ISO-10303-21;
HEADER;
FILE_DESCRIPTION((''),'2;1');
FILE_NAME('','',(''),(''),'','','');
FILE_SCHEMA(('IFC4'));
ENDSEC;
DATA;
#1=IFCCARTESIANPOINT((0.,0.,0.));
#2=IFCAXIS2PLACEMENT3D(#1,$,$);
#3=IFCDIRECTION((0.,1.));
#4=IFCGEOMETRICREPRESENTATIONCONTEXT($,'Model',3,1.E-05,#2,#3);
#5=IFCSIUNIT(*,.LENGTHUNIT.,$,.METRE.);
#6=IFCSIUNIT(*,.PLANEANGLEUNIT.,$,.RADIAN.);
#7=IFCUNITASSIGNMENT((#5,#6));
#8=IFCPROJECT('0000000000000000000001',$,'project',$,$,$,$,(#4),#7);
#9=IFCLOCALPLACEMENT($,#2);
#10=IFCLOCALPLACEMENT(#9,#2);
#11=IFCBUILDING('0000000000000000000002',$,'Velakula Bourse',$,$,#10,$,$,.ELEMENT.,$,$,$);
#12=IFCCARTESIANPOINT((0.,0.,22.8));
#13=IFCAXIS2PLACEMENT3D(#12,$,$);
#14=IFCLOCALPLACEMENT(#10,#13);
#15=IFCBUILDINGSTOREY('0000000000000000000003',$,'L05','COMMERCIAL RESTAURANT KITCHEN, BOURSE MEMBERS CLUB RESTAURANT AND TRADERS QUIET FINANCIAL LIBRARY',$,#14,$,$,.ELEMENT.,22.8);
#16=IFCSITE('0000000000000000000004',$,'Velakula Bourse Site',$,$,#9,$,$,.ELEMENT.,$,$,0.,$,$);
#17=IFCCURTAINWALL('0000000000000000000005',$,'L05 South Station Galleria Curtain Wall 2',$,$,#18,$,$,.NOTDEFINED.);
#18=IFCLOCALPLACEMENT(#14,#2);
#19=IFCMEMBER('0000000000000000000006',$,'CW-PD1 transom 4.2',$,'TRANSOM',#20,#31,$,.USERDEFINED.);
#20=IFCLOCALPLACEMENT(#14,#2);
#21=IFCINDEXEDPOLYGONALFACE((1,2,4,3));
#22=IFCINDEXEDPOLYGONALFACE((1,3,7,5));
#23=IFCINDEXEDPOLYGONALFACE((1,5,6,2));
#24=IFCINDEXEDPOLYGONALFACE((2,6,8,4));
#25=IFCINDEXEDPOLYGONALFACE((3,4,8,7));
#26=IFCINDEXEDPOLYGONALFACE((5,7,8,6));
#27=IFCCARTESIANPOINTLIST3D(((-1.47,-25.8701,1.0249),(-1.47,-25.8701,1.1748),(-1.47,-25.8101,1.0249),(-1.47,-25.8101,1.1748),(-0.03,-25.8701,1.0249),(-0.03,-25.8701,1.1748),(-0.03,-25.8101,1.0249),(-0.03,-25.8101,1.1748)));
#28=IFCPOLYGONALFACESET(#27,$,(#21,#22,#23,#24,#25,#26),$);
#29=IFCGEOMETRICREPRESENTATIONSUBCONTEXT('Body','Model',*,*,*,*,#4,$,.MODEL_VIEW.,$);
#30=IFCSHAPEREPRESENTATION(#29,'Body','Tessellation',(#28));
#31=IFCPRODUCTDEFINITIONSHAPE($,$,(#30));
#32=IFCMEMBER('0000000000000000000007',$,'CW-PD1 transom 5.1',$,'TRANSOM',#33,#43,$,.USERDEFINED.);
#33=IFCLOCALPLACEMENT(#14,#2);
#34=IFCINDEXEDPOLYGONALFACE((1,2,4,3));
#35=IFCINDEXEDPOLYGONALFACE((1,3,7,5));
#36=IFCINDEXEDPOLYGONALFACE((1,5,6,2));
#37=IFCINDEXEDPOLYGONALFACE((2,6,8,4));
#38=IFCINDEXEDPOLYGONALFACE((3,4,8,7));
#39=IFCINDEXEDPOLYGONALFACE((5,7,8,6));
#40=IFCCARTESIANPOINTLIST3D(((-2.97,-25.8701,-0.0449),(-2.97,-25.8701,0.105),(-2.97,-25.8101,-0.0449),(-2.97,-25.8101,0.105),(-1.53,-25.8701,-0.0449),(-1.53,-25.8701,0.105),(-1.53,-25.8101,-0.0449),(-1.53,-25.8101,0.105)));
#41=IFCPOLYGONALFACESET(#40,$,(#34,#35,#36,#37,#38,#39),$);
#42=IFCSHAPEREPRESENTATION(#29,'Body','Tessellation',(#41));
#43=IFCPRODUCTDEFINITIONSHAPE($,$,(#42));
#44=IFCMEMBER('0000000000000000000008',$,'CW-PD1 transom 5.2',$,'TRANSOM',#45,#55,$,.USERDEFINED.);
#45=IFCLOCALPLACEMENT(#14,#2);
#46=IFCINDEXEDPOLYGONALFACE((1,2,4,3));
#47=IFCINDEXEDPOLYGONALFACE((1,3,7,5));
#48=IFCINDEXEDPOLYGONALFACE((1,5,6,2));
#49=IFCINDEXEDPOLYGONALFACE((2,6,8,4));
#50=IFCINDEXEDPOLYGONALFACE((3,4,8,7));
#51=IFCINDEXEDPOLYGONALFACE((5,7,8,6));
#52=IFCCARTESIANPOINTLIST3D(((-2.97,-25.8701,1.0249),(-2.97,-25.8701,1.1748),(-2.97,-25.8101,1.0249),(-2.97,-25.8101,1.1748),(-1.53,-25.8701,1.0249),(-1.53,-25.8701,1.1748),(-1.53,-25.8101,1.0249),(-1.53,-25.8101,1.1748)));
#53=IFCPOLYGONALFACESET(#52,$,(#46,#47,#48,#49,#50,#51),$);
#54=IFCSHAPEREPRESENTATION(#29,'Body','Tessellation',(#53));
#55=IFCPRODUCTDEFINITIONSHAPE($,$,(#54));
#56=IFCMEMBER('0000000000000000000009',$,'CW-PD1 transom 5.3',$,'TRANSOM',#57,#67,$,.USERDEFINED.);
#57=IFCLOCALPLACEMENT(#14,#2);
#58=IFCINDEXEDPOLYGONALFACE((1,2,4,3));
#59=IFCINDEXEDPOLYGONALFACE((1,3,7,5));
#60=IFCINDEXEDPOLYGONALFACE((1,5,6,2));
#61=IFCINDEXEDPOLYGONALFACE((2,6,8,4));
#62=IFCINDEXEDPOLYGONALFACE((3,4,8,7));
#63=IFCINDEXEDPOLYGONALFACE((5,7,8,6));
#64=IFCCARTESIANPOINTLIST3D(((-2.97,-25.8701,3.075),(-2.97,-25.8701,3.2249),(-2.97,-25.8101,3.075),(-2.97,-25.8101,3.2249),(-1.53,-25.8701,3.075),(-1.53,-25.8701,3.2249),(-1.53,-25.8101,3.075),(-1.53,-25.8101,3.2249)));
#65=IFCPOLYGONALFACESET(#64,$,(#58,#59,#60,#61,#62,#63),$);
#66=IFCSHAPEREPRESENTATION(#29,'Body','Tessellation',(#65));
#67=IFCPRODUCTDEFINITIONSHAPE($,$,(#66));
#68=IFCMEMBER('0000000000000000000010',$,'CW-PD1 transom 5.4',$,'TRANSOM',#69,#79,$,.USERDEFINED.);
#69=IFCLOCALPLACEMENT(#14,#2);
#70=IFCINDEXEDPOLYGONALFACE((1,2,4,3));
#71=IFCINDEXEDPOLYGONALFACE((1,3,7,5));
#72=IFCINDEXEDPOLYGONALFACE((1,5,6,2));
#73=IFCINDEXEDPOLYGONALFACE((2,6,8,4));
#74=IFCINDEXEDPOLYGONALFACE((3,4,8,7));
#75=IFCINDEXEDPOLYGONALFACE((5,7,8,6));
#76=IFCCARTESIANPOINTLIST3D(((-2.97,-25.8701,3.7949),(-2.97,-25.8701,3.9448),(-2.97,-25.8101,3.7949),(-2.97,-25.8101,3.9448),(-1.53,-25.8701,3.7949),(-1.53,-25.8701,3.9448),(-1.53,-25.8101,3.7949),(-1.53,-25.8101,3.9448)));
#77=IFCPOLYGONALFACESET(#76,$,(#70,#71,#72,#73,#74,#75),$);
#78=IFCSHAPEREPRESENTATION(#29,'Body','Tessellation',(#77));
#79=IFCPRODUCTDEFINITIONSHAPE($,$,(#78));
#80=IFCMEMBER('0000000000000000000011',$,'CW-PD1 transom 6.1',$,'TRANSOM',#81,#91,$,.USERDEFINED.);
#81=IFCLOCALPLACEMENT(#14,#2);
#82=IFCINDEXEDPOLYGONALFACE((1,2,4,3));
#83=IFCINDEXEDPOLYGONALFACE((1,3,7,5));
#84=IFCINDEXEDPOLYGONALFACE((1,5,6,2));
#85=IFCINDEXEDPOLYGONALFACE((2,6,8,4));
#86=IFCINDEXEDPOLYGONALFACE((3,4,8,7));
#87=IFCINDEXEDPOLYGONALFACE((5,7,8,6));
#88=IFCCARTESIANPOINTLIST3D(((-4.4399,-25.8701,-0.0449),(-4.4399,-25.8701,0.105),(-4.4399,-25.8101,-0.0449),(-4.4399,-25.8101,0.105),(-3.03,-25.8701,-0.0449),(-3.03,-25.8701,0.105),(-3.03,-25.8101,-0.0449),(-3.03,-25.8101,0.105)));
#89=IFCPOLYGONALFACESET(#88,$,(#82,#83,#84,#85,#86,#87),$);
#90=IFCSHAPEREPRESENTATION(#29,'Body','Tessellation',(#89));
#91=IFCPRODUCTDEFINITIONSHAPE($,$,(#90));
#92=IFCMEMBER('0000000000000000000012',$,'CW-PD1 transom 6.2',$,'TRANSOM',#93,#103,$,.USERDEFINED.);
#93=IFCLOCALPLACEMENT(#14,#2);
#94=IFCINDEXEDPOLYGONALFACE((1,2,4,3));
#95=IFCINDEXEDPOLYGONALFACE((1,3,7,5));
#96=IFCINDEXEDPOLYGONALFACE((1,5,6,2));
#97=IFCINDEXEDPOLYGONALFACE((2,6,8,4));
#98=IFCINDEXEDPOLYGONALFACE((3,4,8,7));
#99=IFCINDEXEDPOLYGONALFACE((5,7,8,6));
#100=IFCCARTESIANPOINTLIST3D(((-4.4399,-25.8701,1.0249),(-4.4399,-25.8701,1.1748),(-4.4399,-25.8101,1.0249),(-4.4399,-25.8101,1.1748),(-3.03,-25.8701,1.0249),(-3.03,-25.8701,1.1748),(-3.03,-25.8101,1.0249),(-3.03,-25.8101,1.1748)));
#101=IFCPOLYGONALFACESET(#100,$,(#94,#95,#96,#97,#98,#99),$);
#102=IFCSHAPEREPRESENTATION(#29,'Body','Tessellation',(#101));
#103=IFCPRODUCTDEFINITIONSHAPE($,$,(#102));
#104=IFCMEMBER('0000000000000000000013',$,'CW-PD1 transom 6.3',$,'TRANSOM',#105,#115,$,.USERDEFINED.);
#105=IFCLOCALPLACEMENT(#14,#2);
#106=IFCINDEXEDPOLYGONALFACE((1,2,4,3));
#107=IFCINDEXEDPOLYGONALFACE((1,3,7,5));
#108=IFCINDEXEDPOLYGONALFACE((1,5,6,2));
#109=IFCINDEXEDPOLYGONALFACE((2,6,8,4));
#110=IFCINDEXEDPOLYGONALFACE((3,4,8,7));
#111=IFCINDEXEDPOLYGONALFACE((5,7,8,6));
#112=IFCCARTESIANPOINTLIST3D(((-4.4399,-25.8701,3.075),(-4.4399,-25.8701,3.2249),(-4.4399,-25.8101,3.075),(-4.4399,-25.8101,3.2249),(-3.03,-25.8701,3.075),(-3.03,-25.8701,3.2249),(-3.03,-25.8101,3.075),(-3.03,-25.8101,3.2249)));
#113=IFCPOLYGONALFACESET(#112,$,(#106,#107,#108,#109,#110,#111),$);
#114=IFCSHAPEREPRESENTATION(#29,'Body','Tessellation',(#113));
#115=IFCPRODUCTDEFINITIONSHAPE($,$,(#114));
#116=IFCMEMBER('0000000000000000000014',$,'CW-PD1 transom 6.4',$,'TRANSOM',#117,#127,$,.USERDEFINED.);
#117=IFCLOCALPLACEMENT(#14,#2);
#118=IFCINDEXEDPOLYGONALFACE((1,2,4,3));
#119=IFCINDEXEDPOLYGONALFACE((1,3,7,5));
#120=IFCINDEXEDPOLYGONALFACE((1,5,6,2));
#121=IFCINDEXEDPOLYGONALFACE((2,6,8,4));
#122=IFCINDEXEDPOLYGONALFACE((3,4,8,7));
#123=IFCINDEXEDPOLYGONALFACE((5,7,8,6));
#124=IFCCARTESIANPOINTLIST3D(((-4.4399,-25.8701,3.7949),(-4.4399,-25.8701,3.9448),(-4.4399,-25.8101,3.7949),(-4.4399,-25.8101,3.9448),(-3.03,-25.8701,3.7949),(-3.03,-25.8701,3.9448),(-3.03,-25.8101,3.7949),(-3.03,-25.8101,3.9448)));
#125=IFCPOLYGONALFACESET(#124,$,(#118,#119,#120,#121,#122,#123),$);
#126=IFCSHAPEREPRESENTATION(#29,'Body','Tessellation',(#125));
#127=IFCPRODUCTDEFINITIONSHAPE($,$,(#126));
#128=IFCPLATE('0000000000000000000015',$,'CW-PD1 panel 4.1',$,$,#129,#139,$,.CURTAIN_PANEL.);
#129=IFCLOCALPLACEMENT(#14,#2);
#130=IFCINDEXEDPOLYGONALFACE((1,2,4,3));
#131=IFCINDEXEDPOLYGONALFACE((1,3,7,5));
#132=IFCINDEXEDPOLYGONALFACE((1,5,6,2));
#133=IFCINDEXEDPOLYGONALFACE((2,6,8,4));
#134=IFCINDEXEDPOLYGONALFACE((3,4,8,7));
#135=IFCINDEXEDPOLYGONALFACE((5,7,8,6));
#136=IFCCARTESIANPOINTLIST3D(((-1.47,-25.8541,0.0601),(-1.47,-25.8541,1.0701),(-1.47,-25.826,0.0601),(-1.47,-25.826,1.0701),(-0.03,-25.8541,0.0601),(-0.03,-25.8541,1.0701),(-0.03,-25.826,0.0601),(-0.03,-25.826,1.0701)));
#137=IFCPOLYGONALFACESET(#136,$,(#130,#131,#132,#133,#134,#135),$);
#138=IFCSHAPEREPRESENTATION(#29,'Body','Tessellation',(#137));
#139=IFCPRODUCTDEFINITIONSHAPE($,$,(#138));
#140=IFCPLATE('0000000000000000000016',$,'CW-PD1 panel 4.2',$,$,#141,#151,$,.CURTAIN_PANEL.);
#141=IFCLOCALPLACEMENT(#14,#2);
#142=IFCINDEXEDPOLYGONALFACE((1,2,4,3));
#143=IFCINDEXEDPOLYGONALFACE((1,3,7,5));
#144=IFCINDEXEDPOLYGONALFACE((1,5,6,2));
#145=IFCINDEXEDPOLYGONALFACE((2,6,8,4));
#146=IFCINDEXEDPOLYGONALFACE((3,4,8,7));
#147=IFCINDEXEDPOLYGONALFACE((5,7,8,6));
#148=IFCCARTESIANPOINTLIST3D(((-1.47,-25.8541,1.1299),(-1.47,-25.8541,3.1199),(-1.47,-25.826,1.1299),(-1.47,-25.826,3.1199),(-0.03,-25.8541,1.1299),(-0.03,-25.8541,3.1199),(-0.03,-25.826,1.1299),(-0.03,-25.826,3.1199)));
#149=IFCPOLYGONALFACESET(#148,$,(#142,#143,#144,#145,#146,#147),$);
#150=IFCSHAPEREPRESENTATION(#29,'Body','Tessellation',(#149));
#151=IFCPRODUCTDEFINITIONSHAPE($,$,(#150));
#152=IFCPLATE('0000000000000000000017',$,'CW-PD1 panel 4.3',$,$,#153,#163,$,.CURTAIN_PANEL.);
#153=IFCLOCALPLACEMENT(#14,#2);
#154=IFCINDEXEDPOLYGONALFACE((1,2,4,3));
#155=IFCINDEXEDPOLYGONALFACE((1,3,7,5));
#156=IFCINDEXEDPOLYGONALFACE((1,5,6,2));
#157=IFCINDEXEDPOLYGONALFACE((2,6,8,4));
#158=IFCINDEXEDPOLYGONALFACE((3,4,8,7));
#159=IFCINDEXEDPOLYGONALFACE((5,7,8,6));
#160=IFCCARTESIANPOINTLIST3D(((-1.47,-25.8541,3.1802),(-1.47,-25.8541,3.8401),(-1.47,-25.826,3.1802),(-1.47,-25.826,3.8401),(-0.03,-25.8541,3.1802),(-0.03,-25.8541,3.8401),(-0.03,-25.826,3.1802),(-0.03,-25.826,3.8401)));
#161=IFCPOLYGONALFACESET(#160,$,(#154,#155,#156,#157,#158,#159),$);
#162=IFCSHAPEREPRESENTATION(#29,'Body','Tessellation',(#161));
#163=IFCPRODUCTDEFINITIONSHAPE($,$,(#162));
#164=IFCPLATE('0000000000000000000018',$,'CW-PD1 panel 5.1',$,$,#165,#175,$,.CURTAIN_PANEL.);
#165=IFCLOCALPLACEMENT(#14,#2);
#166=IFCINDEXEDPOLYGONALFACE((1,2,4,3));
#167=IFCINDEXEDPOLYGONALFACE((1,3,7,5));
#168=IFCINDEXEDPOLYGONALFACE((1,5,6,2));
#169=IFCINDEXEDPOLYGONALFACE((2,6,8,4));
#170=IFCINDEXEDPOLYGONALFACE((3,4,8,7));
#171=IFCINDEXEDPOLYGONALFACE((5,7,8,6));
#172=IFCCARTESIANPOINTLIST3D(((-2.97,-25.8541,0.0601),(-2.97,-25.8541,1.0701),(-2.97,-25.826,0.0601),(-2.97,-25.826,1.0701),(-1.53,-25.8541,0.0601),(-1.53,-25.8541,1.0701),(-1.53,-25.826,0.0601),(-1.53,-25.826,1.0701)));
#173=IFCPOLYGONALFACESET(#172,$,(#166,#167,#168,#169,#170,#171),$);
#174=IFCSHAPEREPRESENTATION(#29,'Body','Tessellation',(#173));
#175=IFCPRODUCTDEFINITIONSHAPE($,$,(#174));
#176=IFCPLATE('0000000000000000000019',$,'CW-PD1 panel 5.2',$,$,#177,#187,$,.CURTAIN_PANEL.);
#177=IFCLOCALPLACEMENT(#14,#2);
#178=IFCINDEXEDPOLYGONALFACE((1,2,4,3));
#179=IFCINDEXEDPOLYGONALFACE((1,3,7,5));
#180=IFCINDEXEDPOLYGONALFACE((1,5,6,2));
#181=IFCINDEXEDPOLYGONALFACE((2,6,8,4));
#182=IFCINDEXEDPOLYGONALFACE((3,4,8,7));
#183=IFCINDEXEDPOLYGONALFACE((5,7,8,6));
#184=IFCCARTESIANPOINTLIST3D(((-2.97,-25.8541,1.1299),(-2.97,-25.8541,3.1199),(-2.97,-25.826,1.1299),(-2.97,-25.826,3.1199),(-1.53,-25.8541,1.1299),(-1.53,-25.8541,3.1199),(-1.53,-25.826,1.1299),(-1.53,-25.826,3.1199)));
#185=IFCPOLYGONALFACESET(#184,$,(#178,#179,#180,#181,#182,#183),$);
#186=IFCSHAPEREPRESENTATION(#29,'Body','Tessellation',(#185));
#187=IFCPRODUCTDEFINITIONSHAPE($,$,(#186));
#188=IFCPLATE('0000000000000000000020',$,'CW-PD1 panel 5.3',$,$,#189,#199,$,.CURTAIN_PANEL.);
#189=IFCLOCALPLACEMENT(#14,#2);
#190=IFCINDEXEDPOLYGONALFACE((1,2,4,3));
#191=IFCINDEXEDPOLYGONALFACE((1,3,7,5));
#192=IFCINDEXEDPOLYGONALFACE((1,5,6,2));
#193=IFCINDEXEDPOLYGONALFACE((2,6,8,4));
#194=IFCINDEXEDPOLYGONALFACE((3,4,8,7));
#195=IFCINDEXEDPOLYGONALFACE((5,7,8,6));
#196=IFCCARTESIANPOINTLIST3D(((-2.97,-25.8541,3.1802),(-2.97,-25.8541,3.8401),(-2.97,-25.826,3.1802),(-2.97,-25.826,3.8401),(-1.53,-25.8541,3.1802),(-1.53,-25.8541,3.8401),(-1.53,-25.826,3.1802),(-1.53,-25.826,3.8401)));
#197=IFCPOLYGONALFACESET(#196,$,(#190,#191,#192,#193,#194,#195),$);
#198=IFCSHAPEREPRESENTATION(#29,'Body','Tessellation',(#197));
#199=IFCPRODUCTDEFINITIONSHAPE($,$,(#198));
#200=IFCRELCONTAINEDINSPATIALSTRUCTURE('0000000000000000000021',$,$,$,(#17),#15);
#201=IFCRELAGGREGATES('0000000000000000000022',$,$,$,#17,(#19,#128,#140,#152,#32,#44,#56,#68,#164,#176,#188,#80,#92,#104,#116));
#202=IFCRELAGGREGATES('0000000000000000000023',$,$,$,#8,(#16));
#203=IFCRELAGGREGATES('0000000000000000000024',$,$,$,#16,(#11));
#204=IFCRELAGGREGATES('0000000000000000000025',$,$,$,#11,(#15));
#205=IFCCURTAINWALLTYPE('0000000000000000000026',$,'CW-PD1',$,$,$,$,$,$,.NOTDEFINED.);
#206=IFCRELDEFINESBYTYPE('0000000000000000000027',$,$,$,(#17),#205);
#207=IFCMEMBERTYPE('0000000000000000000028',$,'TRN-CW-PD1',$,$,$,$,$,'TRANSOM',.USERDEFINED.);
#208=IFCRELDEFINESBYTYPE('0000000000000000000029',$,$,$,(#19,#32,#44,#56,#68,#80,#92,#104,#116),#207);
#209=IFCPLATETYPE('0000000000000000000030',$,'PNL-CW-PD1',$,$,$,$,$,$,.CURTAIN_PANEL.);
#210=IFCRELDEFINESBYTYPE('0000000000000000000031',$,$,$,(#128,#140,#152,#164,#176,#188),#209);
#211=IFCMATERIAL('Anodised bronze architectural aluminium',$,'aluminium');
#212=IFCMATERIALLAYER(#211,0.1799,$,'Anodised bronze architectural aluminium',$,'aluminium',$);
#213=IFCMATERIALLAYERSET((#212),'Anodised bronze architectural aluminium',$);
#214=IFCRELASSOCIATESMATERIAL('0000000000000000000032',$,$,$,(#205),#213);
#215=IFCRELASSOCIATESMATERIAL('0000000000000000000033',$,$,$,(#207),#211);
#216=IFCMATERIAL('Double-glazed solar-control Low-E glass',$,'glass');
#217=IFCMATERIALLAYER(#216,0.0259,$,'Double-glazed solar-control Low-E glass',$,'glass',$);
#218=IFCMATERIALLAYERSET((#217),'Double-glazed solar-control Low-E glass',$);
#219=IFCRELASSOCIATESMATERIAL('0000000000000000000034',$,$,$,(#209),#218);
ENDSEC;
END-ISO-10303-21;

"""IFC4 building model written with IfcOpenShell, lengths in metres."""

from ifc_helpers import new_model, si_unit, direction, frame, origin, origin_2d, place, context, subcontext, project, spatial, rectangle, extrude, material, layer, layer_set, material_profile, profile_set, type_object, element, aggregate, save


model = new_model("IFC4")

# Units and contexts
model_context = context("Model", 3, precision=1e-05, world=origin(), true_north=direction((0.0, 1.0)))
body_context = subcontext(model_context, "Body", "Model", "MODEL_VIEW")
ifc_project = project(units=[si_unit("LENGTHUNIT", "METRE"), si_unit("PLANEANGLEUNIT", "RADIAN")], contexts=[model_context])

# Site, building, storey
site_placement = place(None, origin())
site = spatial("IfcSite", under=ifc_project, at=site_placement, Name="Velakula Bourse Site", CompositionType="ELEMENT", RefElevation=0.0)
building_placement = place(site_placement, origin())
building = spatial("IfcBuilding", under=site, at=building_placement, Name="Velakula Bourse", CompositionType="ELEMENT")
storey_placement = place(building_placement, frame((0.0, 0.0, 22.8)))
storey = spatial("IfcBuildingStorey", under=building, at=storey_placement, Name="L05", Description="COMMERCIAL RESTAURANT KITCHEN, BOURSE MEMBERS CLUB RESTAURANT AND TRADERS QUIET FINANCIAL LIBRARY", CompositionType="ELEMENT", Elevation=22.8)

# Curtain wall, members, plates
ifc_material_1 = material(Name="Anodised bronze architectural aluminium", Category="aluminium")
ifc_layer_1 = layer(ifc_material_1, 0.1799, Name="Anodised bronze architectural aluminium", Category="aluminium")
ifc_layer_set_1 = layer_set([ifc_layer_1], Name="Anodised bronze architectural aluminium")
curtain_wall_type = type_object("IfcCurtainWallType", Name="CW-PD1", PredefinedType="NOTDEFINED", material=ifc_layer_set_1)
curtain_wall_placement = place(storey_placement, origin())
curtain_wall = element("IfcCurtainWall", 1, at=curtain_wall_placement, inside=storey, type_object=curtain_wall_type, Name="L05 South Station Galleria Curtain Wall 2", PredefinedType="NOTDEFINED")
ifc_material_profile_1 = material_profile(ifc_material_1, rectangle(XDim=0.0601, YDim=0.1499, at=origin_2d()), Name="Anodised bronze architectural aluminium")
ifc_profile_set_1 = profile_set([ifc_material_profile_1], Name="Anodised bronze architectural aluminium")
member_type_1 = type_object("IfcMemberType", Name="TRN-CW-PD1", ElementType="TRANSOM", PredefinedType="USERDEFINED", material=ifc_profile_set_1)
member_1_placement = place(storey_placement, frame((-0.03, -25.8401, 1.0999), z_axis=(-1.0, 0.0, 0.0), x_axis=(0.0, -1.0, 0.0)))
member_1 = element("IfcMember", 2, at=member_1_placement, type_object=member_type_1, Name="CW-PD1 transom 4.2", ObjectType="TRANSOM", PredefinedType="USERDEFINED", context=body_context, shape_type="SweptSolid", body=[
    extrude(rectangle(XDim=0.0601, YDim=0.1499, at=origin_2d()), origin(), (0.0, 0.0, 1.0), 1.4399),
])
member_2_placement = place(storey_placement, frame((-1.53, -25.8401, 0.03), z_axis=(-1.0, 0.0, 0.0), x_axis=(0.0, -1.0, 0.0)))
member_2 = element("IfcMember", 3, at=member_2_placement, type_object=member_type_1, Name="CW-PD1 transom 5.1", ObjectType="TRANSOM", PredefinedType="USERDEFINED", context=body_context, shape_type="SweptSolid", body=[
    extrude(rectangle(XDim=0.0601, YDim=0.1499, at=origin_2d()), origin(), (0.0, 0.0, 1.0), 1.4399),
])
member_3_placement = place(storey_placement, frame((-1.53, -25.8401, 1.0999), z_axis=(-1.0, 0.0, 0.0), x_axis=(0.0, -1.0, 0.0)))
member_3 = element("IfcMember", 4, at=member_3_placement, type_object=member_type_1, Name="CW-PD1 transom 5.2", ObjectType="TRANSOM", PredefinedType="USERDEFINED", context=body_context, shape_type="SweptSolid", body=[
    extrude(rectangle(XDim=0.0601, YDim=0.1499, at=origin_2d()), origin(), (0.0, 0.0, 1.0), 1.4399),
])
member_4_placement = place(storey_placement, frame((-1.53, -25.8401, 3.1499), z_axis=(-1.0, 0.0, 0.0), x_axis=(0.0, -1.0, 0.0)))
member_4 = element("IfcMember", 5, at=member_4_placement, type_object=member_type_1, Name="CW-PD1 transom 5.3", ObjectType="TRANSOM", PredefinedType="USERDEFINED", context=body_context, shape_type="SweptSolid", body=[
    extrude(rectangle(XDim=0.0601, YDim=0.1499, at=origin_2d()), origin(), (0.0, 0.0, 1.0), 1.4399),
])
member_5_placement = place(storey_placement, frame((-1.53, -25.8401, 3.8699), z_axis=(-1.0, 0.0, 0.0), x_axis=(0.0, -1.0, 0.0)))
member_5 = element("IfcMember", 6, at=member_5_placement, type_object=member_type_1, Name="CW-PD1 transom 5.4", ObjectType="TRANSOM", PredefinedType="USERDEFINED", context=body_context, shape_type="SweptSolid", body=[
    extrude(rectangle(XDim=0.0601, YDim=0.1499, at=origin_2d()), origin(), (0.0, 0.0, 1.0), 1.4399),
])
member_6_placement = place(storey_placement, frame((-3.03, -25.8401, 0.03), z_axis=(-1.0, 0.0, 0.0), x_axis=(0.0, -1.0, 0.0)))
member_6 = element("IfcMember", 7, at=member_6_placement, type_object=member_type_1, Name="CW-PD1 transom 6.1", ObjectType="TRANSOM", PredefinedType="USERDEFINED", context=body_context, shape_type="SweptSolid", body=[
    extrude(rectangle(XDim=0.0601, YDim=0.1499, at=origin_2d()), origin(), (0.0, 0.0, 1.0), 1.4099),
])
member_7_placement = place(storey_placement, frame((-3.03, -25.8401, 1.0999), z_axis=(-1.0, 0.0, 0.0), x_axis=(0.0, -1.0, 0.0)))
member_7 = element("IfcMember", 8, at=member_7_placement, type_object=member_type_1, Name="CW-PD1 transom 6.2", ObjectType="TRANSOM", PredefinedType="USERDEFINED", context=body_context, shape_type="SweptSolid", body=[
    extrude(rectangle(XDim=0.0601, YDim=0.1499, at=origin_2d()), origin(), (0.0, 0.0, 1.0), 1.4099),
])
member_8_placement = place(storey_placement, frame((-3.03, -25.8401, 3.1499), z_axis=(-1.0, 0.0, 0.0), x_axis=(0.0, -1.0, 0.0)))
member_8 = element("IfcMember", 9, at=member_8_placement, type_object=member_type_1, Name="CW-PD1 transom 6.3", ObjectType="TRANSOM", PredefinedType="USERDEFINED", context=body_context, shape_type="SweptSolid", body=[
    extrude(rectangle(XDim=0.0601, YDim=0.1499, at=origin_2d()), origin(), (0.0, 0.0, 1.0), 1.4099),
])
member_9_placement = place(storey_placement, frame((-3.03, -25.8401, 3.8699), z_axis=(-1.0, 0.0, 0.0), x_axis=(0.0, -1.0, 0.0)))
member_9 = element("IfcMember", 10, at=member_9_placement, type_object=member_type_1, Name="CW-PD1 transom 6.4", ObjectType="TRANSOM", PredefinedType="USERDEFINED", context=body_context, shape_type="SweptSolid", body=[
    extrude(rectangle(XDim=0.0601, YDim=0.1499, at=origin_2d()), origin(), (0.0, 0.0, 1.0), 1.4099),
])
ifc_material_2 = material(Name="Double-glazed solar-control Low-E glass", Category="glass")
ifc_layer_2 = layer(ifc_material_2, 0.0259, Name="Double-glazed solar-control Low-E glass", Category="glass")
ifc_layer_set_2 = layer_set([ifc_layer_2], Name="Double-glazed solar-control Low-E glass")
plate_type = type_object("IfcPlateType", Name="PNL-CW-PD1", PredefinedType="CURTAIN_PANEL", material=ifc_layer_set_2)
plate_1_placement = place(storey_placement, frame((-0.75, -25.8401, 0.0601), z_axis=(0.0, 0.0, 1.0), x_axis=(-1.0, 0.0, 0.0)))
plate_1 = element("IfcPlate", 11, at=plate_1_placement, type_object=plate_type, Name="CW-PD1 panel 4.1", PredefinedType="CURTAIN_PANEL", context=body_context, shape_type="SweptSolid", body=[
    extrude(rectangle(XDim=1.4399, YDim=0.0281, at=origin_2d()), origin(), (0.0, 0.0, 1.0), 1.01),
])
plate_2_placement = place(storey_placement, frame((-0.75, -25.8401, 1.1299), z_axis=(0.0, 0.0, 1.0), x_axis=(-1.0, 0.0, 0.0)))
plate_2 = element("IfcPlate", 12, at=plate_2_placement, type_object=plate_type, Name="CW-PD1 panel 4.2", PredefinedType="CURTAIN_PANEL", context=body_context, shape_type="SweptSolid", body=[
    extrude(rectangle(XDim=1.4399, YDim=0.0281, at=origin_2d()), origin(), (0.0, 0.0, 1.0), 1.99),
])
plate_3_placement = place(storey_placement, frame((-0.75, -25.8401, 3.1802), z_axis=(0.0, 0.0, 1.0), x_axis=(-1.0, 0.0, 0.0)))
plate_3 = element("IfcPlate", 13, at=plate_3_placement, type_object=plate_type, Name="CW-PD1 panel 4.3", PredefinedType="CURTAIN_PANEL", context=body_context, shape_type="SweptSolid", body=[
    extrude(rectangle(XDim=1.4399, YDim=0.0281, at=origin_2d()), origin(), (0.0, 0.0, 1.0), 0.6599),
])
plate_4_placement = place(storey_placement, frame((-2.25, -25.8401, 0.0601), z_axis=(0.0, 0.0, 1.0), x_axis=(-1.0, 0.0, 0.0)))
plate_4 = element("IfcPlate", 14, at=plate_4_placement, type_object=plate_type, Name="CW-PD1 panel 5.1", PredefinedType="CURTAIN_PANEL", context=body_context, shape_type="SweptSolid", body=[
    extrude(rectangle(XDim=1.4399, YDim=0.0281, at=origin_2d()), origin(), (0.0, 0.0, 1.0), 1.01),
])
plate_5_placement = place(storey_placement, frame((-2.25, -25.8401, 1.1299), z_axis=(0.0, 0.0, 1.0), x_axis=(-1.0, 0.0, 0.0)))
plate_5 = element("IfcPlate", 15, at=plate_5_placement, type_object=plate_type, Name="CW-PD1 panel 5.2", PredefinedType="CURTAIN_PANEL", context=body_context, shape_type="SweptSolid", body=[
    extrude(rectangle(XDim=1.4399, YDim=0.0281, at=origin_2d()), origin(), (0.0, 0.0, 1.0), 1.99),
])
plate_6_placement = place(storey_placement, frame((-2.25, -25.8401, 3.1802), z_axis=(0.0, 0.0, 1.0), x_axis=(-1.0, 0.0, 0.0)))
plate_6 = element("IfcPlate", 16, at=plate_6_placement, type_object=plate_type, Name="CW-PD1 panel 5.3", PredefinedType="CURTAIN_PANEL", context=body_context, shape_type="SweptSolid", body=[
    extrude(rectangle(XDim=1.4399, YDim=0.0281, at=origin_2d()), origin(), (0.0, 0.0, 1.0), 0.6599),
])
aggregate(curtain_wall, [member_1, plate_1, plate_2, plate_3, member_2, member_3, member_4, member_5, plate_4, plate_5, plate_6, member_6, member_7, member_8, member_9])

save(model, "model.ifc")
